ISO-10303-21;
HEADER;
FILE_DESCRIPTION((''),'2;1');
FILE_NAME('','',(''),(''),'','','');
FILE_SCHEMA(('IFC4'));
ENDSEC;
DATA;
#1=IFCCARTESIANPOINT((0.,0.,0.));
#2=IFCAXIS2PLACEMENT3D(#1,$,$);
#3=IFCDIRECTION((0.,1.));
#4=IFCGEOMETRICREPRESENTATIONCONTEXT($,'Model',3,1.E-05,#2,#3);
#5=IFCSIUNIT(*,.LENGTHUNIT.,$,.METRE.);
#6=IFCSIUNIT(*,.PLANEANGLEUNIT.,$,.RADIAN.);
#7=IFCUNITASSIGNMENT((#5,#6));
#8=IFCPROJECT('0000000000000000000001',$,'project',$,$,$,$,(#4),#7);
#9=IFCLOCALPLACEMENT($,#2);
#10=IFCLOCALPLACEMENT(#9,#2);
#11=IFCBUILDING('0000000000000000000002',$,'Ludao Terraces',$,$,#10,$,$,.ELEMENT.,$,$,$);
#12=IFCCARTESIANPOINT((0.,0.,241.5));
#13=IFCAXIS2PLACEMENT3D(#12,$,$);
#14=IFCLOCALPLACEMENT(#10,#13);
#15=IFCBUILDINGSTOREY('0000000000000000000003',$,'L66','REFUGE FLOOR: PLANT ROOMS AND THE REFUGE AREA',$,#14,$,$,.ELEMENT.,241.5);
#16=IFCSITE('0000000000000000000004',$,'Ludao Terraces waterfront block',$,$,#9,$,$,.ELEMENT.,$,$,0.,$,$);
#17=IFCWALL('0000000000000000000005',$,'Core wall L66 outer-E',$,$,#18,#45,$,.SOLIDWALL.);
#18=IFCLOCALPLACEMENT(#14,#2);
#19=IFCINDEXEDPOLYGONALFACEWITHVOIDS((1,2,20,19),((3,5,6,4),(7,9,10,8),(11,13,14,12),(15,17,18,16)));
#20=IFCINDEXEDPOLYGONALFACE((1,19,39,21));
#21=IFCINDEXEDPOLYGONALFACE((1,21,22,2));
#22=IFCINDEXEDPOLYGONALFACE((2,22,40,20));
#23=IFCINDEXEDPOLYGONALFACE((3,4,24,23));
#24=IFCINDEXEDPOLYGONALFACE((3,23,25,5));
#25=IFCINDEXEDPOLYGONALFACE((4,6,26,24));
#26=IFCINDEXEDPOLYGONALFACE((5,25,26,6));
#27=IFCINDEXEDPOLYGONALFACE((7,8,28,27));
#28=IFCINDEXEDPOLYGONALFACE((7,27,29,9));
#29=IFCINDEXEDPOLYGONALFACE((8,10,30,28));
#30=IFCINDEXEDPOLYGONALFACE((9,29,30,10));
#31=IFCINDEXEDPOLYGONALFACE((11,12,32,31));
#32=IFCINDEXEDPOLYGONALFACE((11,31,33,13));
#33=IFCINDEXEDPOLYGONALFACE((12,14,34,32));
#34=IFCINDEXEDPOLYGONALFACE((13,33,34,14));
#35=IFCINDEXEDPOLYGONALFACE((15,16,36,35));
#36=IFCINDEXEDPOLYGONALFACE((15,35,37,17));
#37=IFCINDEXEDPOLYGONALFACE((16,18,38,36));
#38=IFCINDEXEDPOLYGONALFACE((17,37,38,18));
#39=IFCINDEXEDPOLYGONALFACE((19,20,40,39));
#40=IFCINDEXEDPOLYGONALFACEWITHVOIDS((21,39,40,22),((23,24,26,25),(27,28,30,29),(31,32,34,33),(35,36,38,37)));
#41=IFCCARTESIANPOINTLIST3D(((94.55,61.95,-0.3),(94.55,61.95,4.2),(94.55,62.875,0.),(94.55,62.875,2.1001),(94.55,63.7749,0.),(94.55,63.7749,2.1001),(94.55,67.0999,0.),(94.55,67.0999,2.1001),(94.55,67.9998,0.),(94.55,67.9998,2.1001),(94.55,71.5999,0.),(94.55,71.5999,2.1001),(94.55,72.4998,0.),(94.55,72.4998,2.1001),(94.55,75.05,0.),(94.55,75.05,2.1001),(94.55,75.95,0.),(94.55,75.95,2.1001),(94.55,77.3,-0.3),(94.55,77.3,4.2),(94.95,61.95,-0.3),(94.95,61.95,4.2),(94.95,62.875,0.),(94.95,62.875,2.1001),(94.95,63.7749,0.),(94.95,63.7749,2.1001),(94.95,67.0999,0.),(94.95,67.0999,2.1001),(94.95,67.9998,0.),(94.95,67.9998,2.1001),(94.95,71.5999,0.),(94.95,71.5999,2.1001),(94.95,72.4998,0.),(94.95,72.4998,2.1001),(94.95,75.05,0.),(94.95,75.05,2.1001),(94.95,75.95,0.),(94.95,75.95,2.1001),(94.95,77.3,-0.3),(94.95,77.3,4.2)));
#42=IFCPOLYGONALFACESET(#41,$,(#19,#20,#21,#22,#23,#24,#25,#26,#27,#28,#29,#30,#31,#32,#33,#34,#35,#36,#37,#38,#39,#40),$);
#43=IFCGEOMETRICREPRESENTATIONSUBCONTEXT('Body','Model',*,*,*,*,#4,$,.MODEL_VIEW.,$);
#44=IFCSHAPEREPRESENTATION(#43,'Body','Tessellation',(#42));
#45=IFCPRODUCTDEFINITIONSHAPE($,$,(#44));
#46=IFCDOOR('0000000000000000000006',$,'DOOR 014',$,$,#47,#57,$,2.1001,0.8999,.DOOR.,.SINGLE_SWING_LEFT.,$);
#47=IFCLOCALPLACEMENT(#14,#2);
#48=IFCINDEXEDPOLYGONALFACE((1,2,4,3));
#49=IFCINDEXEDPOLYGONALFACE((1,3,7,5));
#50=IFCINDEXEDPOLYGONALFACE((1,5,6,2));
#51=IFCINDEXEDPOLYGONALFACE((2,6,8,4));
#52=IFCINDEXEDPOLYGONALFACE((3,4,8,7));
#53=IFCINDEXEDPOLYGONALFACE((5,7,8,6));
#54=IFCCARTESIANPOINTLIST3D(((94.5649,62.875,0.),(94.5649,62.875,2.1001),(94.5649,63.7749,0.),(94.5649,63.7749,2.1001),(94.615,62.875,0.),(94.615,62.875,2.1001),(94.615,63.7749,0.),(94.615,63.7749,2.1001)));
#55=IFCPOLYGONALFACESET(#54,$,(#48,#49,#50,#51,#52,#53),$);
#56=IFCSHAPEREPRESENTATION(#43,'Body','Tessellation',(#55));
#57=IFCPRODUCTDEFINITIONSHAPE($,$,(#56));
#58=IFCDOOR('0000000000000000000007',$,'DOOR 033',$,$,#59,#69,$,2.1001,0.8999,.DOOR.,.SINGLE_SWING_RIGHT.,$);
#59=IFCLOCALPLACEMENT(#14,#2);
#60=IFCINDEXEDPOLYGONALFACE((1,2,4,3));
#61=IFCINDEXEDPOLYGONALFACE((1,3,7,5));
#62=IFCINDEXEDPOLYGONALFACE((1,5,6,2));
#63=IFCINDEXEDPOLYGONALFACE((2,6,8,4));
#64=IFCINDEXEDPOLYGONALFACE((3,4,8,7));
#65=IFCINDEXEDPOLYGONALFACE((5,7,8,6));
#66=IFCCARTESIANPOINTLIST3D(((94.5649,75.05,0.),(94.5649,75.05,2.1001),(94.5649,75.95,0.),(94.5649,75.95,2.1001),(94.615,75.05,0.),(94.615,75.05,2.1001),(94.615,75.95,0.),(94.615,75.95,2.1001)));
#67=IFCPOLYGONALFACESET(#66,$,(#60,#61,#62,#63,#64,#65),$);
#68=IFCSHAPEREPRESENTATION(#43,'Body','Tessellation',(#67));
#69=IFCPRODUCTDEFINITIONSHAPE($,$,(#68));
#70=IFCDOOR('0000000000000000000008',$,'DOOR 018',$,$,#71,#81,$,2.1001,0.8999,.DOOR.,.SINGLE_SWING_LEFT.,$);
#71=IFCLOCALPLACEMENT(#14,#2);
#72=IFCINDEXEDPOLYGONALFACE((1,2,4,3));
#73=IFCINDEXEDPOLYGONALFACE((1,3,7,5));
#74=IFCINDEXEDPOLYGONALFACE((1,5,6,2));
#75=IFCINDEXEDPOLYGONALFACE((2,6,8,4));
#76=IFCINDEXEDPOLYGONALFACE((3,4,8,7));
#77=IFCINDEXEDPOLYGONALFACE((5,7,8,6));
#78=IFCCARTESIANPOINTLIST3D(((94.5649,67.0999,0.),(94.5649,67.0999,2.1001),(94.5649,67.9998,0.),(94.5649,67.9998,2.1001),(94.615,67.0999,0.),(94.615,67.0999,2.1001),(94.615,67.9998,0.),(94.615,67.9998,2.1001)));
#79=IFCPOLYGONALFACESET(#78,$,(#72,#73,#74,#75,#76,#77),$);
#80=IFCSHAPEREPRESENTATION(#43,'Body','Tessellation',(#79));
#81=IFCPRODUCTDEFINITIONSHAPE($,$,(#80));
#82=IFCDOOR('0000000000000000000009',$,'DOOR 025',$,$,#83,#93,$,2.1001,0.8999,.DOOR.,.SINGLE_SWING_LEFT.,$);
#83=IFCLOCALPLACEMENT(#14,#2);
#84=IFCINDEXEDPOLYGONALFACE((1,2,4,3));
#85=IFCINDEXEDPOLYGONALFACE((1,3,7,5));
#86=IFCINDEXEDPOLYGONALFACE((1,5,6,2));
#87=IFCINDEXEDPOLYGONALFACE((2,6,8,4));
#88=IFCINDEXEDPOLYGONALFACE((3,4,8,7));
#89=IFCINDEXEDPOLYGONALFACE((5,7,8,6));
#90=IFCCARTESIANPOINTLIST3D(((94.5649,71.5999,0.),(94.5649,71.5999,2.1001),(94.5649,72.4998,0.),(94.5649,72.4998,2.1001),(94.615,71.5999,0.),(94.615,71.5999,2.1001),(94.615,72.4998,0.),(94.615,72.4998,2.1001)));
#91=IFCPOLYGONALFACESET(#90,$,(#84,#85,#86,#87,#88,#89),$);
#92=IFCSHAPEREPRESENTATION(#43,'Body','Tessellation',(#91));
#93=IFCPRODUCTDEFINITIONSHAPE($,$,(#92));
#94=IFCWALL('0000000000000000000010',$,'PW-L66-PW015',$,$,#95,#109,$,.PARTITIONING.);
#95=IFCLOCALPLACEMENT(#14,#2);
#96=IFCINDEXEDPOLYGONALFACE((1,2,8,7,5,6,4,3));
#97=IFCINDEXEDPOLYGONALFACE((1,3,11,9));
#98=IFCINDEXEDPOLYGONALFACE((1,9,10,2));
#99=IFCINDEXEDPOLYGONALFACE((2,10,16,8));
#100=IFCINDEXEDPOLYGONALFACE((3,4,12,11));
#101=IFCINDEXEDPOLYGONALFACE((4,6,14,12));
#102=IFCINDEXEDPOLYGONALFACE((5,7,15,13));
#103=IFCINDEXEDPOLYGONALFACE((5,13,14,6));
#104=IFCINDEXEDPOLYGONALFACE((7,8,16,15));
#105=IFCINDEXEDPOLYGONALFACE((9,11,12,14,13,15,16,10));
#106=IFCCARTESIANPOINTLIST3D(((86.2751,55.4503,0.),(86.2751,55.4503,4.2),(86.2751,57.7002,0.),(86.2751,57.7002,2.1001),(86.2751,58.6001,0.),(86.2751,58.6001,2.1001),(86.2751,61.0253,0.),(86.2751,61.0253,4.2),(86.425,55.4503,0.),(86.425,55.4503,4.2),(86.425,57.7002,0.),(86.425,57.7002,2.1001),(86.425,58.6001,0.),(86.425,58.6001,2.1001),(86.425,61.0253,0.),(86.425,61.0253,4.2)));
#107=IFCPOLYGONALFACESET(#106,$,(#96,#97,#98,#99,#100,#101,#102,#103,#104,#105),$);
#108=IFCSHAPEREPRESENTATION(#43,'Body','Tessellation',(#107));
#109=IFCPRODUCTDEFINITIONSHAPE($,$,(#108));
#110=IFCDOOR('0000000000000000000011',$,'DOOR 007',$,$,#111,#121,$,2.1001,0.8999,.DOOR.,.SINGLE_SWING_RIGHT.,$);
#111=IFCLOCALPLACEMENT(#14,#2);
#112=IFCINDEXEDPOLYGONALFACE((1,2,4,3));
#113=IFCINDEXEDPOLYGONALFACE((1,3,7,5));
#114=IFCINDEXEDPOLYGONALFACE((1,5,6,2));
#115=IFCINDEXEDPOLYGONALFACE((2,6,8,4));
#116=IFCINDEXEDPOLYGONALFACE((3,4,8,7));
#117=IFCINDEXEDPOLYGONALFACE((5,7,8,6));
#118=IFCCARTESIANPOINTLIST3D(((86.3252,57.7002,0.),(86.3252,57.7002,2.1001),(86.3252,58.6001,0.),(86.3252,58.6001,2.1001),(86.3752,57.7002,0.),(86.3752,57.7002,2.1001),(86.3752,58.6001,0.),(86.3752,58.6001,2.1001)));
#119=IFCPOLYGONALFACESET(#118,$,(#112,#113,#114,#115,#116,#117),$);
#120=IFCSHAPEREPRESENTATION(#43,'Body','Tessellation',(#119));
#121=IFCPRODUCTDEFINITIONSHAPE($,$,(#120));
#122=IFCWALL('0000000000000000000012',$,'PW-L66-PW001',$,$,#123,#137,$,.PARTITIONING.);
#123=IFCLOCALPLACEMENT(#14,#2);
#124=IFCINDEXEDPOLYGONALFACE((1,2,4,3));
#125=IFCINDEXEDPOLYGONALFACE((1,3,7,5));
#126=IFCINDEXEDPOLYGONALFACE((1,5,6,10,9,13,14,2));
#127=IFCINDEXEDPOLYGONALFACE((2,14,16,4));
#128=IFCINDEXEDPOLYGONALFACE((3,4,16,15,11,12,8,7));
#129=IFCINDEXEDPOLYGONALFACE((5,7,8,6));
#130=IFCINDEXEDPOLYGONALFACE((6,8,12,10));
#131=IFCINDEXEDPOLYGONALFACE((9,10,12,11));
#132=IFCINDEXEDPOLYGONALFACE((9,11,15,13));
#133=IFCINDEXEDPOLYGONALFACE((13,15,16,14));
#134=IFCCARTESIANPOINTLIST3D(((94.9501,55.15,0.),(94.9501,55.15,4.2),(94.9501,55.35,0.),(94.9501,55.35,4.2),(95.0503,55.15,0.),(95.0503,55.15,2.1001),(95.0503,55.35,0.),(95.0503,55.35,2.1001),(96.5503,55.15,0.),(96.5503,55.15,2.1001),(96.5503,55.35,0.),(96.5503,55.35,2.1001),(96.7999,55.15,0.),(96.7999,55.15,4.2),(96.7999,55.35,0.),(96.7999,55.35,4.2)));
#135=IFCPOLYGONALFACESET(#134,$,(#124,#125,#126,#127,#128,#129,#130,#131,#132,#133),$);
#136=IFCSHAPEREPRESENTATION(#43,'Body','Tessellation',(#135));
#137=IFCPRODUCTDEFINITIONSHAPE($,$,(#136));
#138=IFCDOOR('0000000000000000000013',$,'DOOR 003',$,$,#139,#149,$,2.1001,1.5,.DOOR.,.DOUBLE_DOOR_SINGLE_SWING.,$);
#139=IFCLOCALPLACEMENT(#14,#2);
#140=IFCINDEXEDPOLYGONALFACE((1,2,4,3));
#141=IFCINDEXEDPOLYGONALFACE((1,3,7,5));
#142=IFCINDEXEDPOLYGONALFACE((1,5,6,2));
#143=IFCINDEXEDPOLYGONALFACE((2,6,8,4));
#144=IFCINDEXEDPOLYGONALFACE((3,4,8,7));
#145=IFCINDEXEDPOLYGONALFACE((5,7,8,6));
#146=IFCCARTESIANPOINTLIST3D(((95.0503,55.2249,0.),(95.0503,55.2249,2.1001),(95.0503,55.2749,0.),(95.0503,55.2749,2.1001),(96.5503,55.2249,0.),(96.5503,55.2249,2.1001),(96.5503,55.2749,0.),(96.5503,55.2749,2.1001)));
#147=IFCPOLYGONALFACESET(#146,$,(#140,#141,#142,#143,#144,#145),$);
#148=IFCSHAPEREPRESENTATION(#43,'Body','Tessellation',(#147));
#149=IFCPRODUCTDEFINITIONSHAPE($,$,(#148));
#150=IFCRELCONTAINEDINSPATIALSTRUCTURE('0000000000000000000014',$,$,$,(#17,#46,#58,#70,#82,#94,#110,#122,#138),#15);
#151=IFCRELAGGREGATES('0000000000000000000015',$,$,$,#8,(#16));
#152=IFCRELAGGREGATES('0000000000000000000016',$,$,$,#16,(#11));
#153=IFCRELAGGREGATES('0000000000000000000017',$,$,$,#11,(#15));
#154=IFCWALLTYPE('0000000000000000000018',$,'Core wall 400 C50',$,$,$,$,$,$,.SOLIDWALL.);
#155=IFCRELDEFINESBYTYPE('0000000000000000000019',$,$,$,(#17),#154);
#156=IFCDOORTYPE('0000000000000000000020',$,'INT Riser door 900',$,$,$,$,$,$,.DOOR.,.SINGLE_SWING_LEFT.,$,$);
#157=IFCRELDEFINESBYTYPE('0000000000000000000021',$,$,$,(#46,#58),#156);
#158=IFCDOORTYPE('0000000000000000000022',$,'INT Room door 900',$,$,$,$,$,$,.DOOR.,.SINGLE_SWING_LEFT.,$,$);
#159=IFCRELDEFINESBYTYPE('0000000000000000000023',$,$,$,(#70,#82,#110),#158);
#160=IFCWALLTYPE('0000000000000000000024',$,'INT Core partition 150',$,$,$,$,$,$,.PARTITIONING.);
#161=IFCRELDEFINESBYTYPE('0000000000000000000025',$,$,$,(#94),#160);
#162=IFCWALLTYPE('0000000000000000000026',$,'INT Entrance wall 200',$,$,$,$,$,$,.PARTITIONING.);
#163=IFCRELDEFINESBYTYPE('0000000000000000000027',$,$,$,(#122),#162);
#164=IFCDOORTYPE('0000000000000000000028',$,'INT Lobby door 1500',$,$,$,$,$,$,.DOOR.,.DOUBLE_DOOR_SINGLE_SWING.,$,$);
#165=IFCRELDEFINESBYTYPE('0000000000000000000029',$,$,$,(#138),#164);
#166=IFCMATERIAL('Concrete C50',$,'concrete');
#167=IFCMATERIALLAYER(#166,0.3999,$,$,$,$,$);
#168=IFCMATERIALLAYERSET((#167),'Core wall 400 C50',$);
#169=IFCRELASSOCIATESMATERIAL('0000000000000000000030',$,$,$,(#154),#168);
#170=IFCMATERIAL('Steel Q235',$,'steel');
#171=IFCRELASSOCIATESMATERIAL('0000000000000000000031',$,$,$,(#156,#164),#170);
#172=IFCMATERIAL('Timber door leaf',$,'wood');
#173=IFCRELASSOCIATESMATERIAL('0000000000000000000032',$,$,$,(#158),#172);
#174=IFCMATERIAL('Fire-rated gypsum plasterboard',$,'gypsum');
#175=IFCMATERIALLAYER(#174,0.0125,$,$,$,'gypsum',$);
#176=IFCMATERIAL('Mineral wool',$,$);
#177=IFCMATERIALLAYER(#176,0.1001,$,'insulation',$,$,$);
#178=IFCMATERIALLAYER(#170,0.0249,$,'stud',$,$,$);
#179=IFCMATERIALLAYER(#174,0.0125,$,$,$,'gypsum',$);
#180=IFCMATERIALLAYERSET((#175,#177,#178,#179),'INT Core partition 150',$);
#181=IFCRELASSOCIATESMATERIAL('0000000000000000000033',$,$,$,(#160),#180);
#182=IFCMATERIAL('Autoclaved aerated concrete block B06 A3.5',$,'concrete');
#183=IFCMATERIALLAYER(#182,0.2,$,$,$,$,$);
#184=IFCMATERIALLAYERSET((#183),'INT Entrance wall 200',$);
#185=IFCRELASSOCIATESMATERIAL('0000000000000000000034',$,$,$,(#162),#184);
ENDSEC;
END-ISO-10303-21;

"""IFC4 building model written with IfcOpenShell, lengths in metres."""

from ifc_helpers import new_model, si_unit, direction, frame, frame_2d, origin, place, context, subcontext, project, spatial, rectangle, extrude, material, layer, layer_set, type_object, element, fill, save


model = new_model("IFC4")

# Units and contexts
model_context = context("Model", 3, precision=1e-05, world=origin(), true_north=direction((0.0, 1.0)))
body_context = subcontext(model_context, "Body", "Model", "MODEL_VIEW")
ifc_project = project(units=[si_unit("LENGTHUNIT", "METRE"), si_unit("PLANEANGLEUNIT", "RADIAN")], contexts=[model_context])

# Site, building, storey
site_placement = place(None, origin())
site = spatial("IfcSite", under=ifc_project, at=site_placement, Name="Ludao Terraces waterfront block", CompositionType="ELEMENT", RefElevation=0.0)
building_placement = place(site_placement, origin())
building = spatial("IfcBuilding", under=site, at=building_placement, Name="Ludao Terraces", CompositionType="ELEMENT")
storey_placement = place(building_placement, frame((0.0, 0.0, 241.5)))
storey = spatial("IfcBuildingStorey", under=building, at=storey_placement, Name="L66", Description="REFUGE FLOOR: PLANT ROOMS AND THE REFUGE AREA", CompositionType="ELEMENT", Elevation=241.5)

# Wall, openings, doors
ifc_material_1 = material(Name="Concrete C50", Category="concrete")
ifc_layer_1 = layer(ifc_material_1, 0.3999)
ifc_layer_set_1 = layer_set([ifc_layer_1], Name="Core wall 400 C50")
wall_type_1 = type_object("IfcWallType", Name="Core wall 400 C50", PredefinedType="SOLIDWALL", material=ifc_layer_set_1)
wall_1_placement = place(storey_placement, frame((94.75, 61.95, -0.3), z_axis=(0.0, 0.0, 1.0), x_axis=(0.0, 1.0, 0.0)))
wall_1 = element("IfcWall", 1, at=wall_1_placement, inside=storey, type_object=wall_type_1, Name="Core wall L66 outer-E", PredefinedType="SOLIDWALL", context=body_context, shape_type="SweptSolid", body=[
    extrude(rectangle(XDim=15.3501, YDim=0.3999, at=frame_2d((7.675, 0.0))), origin(), (0.0, 0.0, 1.0), 4.5),
])
opening_1_placement = place(wall_1_placement, frame((0.925, 0.0, 0.3)))
opening_1 = element("IfcOpeningElement", 2, at=opening_1_placement, cuts=wall_1, PredefinedType="OPENING", context=body_context, shape_type="SweptSolid", body=[
    extrude(rectangle(XDim=0.8999, YDim=2.1001, at=frame_2d((0.45, 1.05))), frame((0.0, 0.21, 0.0), z_axis=(0.0, -1.0, 0.0), x_axis=(1.0, 0.0, 0.0)), (0.0, 0.0, 1.0), 0.4199),
])
opening_2_placement = place(wall_1_placement, frame((5.1499, 0.0, 0.3)))
opening_2 = element("IfcOpeningElement", 3, at=opening_2_placement, cuts=wall_1, PredefinedType="OPENING", context=body_context, shape_type="SweptSolid", body=[
    extrude(rectangle(XDim=0.8999, YDim=2.1001, at=frame_2d((0.45, 1.05))), frame((0.0, 0.21, 0.0), z_axis=(0.0, -1.0, 0.0), x_axis=(1.0, 0.0, 0.0)), (0.0, 0.0, 1.0), 0.4199),
])
opening_3_placement = place(wall_1_placement, frame((9.6499, 0.0, 0.3)))
opening_3 = element("IfcOpeningElement", 4, at=opening_3_placement, cuts=wall_1, PredefinedType="OPENING", context=body_context, shape_type="SweptSolid", body=[
    extrude(rectangle(XDim=0.8999, YDim=2.1001, at=frame_2d((0.45, 1.05))), frame((0.0, 0.21, 0.0), z_axis=(0.0, -1.0, 0.0), x_axis=(1.0, 0.0, 0.0)), (0.0, 0.0, 1.0), 0.4199),
])
opening_4_placement = place(wall_1_placement, frame((13.1001, 0.0, 0.3)))
opening_4 = element("IfcOpeningElement", 5, at=opening_4_placement, cuts=wall_1, PredefinedType="OPENING", context=body_context, shape_type="SweptSolid", body=[
    extrude(rectangle(XDim=0.8999, YDim=2.1001, at=frame_2d((0.45, 1.05))), frame((0.0, 0.21, 0.0), z_axis=(0.0, -1.0, 0.0), x_axis=(1.0, 0.0, 0.0)), (0.0, 0.0, 1.0), 0.4199),
])
ifc_material_2 = material(Name="Steel Q235", Category="steel")
door_type_1 = type_object("IfcDoorType", Name="INT Riser door 900", OperationType="SINGLE_SWING_LEFT", PredefinedType="DOOR", material=ifc_material_2)
door_1_placement = place(opening_1_placement, origin())
door_1 = element("IfcDoor", 6, at=door_1_placement, inside=storey, type_object=door_type_1, Name="DOOR 014", OperationType="SINGLE_SWING_LEFT", OverallHeight=2.1001, OverallWidth=0.8999, PredefinedType="DOOR", context=body_context, shape_type="SweptSolid", body=[
    extrude(rectangle(XDim=0.8999, YDim=2.1001, at=frame_2d((0.45, 1.05))), frame((0.0, 0.1851, 0.0), z_axis=(0.0, -1.0, 0.0), x_axis=(1.0, 0.0, 0.0)), (0.0, 0.0, 1.0), 0.05),
])
fill(opening_1, door_1)
door_2_placement = place(opening_4_placement, origin())
door_2 = element("IfcDoor", 7, at=door_2_placement, inside=storey, type_object=door_type_1, Name="DOOR 033", OperationType="SINGLE_SWING_RIGHT", OverallHeight=2.1001, OverallWidth=0.8999, PredefinedType="DOOR", context=body_context, shape_type="SweptSolid", body=[
    extrude(rectangle(XDim=0.8999, YDim=2.1001, at=frame_2d((0.45, 1.05))), frame((0.0, 0.1851, 0.0), z_axis=(0.0, -1.0, 0.0), x_axis=(1.0, 0.0, 0.0)), (0.0, 0.0, 1.0), 0.05),
])
fill(opening_4, door_2)
ifc_material_3 = material(Name="Timber door leaf", Category="wood")
door_type_2 = type_object("IfcDoorType", Name="INT Room door 900", OperationType="SINGLE_SWING_LEFT", PredefinedType="DOOR", material=ifc_material_3)
door_3_placement = place(opening_2_placement, origin())
door_3 = element("IfcDoor", 8, at=door_3_placement, inside=storey, type_object=door_type_2, Name="DOOR 018", OperationType="SINGLE_SWING_LEFT", OverallHeight=2.1001, OverallWidth=0.8999, PredefinedType="DOOR", context=body_context, shape_type="SweptSolid", body=[
    extrude(rectangle(XDim=0.8999, YDim=2.1001, at=frame_2d((0.45, 1.05))), frame((0.0, 0.1851, 0.0), z_axis=(0.0, -1.0, 0.0), x_axis=(1.0, 0.0, 0.0)), (0.0, 0.0, 1.0), 0.05),
])
fill(opening_2, door_3)
door_4_placement = place(opening_3_placement, origin())
door_4 = element("IfcDoor", 9, at=door_4_placement, inside=storey, type_object=door_type_2, Name="DOOR 025", OperationType="SINGLE_SWING_LEFT", OverallHeight=2.1001, OverallWidth=0.8999, PredefinedType="DOOR", context=body_context, shape_type="SweptSolid", body=[
    extrude(rectangle(XDim=0.8999, YDim=2.1001, at=frame_2d((0.45, 1.05))), frame((0.0, 0.1851, 0.0), z_axis=(0.0, -1.0, 0.0), x_axis=(1.0, 0.0, 0.0)), (0.0, 0.0, 1.0), 0.05),
])
fill(opening_3, door_4)

# Walls, openings, doors
ifc_material_4 = material(Name="Fire-rated gypsum plasterboard", Category="gypsum")
ifc_layer_2 = layer(ifc_material_4, 0.0125, Category="gypsum")
ifc_material_5 = material(Name="Mineral wool")
ifc_layer_3 = layer(ifc_material_5, 0.1001, Name="insulation")
ifc_layer_4 = layer(ifc_material_2, 0.0249, Name="stud")
ifc_layer_5 = layer(ifc_material_4, 0.0125, Category="gypsum")
ifc_layer_set_2 = layer_set([ifc_layer_2, ifc_layer_3, ifc_layer_4, ifc_layer_5], Name="INT Core partition 150")
wall_type_2 = type_object("IfcWallType", Name="INT Core partition 150", PredefinedType="PARTITIONING", material=ifc_layer_set_2)
wall_2_placement = place(storey_placement, frame((86.3501, 55.4502, 0.0), z_axis=(0.0, 0.0, 1.0), x_axis=(0.0, 1.0, 0.0)))
wall_2 = element("IfcWall", 10, at=wall_2_placement, inside=storey, type_object=wall_type_2, Name="PW-L66-PW015", PredefinedType="PARTITIONING", context=body_context, shape_type="SweptSolid", body=[
    extrude(rectangle(XDim=5.575, YDim=0.1499, at=frame_2d((2.7876, 0.0))), origin(), (0.0, 0.0, 1.0), 4.2),
])
opening_5_placement = place(wall_2_placement, frame((2.25, 0.0, 0.0)))
opening_5 = element("IfcOpeningElement", 11, at=opening_5_placement, cuts=wall_2, PredefinedType="OPENING", context=body_context, shape_type="SweptSolid", body=[
    extrude(rectangle(XDim=0.8999, YDim=2.1001, at=frame_2d((0.45, 1.05))), frame((0.0, 0.085, 0.0), z_axis=(0.0, -1.0, 0.0), x_axis=(1.0, 0.0, 0.0)), (0.0, 0.0, 1.0), 0.1699),
])
door_5_placement = place(opening_5_placement, origin())
door_5 = element("IfcDoor", 12, at=door_5_placement, inside=storey, type_object=door_type_2, Name="DOOR 007", OperationType="SINGLE_SWING_RIGHT", OverallHeight=2.1001, OverallWidth=0.8999, PredefinedType="DOOR", context=body_context, shape_type="SweptSolid", body=[
    extrude(rectangle(XDim=0.8999, YDim=2.1001, at=frame_2d((0.45, 1.05))), frame((0.0, 0.0249, 0.0), z_axis=(0.0, -1.0, 0.0), x_axis=(1.0, 0.0, 0.0)), (0.0, 0.0, 1.0), 0.05),
])
fill(opening_5, door_5)
ifc_material_6 = material(Name="Autoclaved aerated concrete block B06 A3.5", Category="concrete")
ifc_layer_6 = layer(ifc_material_6, 0.2)
ifc_layer_set_3 = layer_set([ifc_layer_6], Name="INT Entrance wall 200")
wall_type_3 = type_object("IfcWallType", Name="INT Entrance wall 200", PredefinedType="PARTITIONING", material=ifc_layer_set_3)
wall_3_placement = place(storey_placement, frame((94.9502, 55.25, 0.0), z_axis=(0.0, 0.0, 1.0), x_axis=(1.0, 0.0, 0.0)))
wall_3 = element("IfcWall", 13, at=wall_3_placement, inside=storey, type_object=wall_type_3, Name="PW-L66-PW001", PredefinedType="PARTITIONING", context=body_context, shape_type="SweptSolid", body=[
    extrude(rectangle(XDim=1.8499, YDim=0.2, at=frame_2d((0.9248, 0.0))), origin(), (0.0, 0.0, 1.0), 4.2),
])
opening_6_placement = place(wall_3_placement, frame((0.1001, 0.0, 0.0)))
opening_6 = element("IfcOpeningElement", 14, at=opening_6_placement, cuts=wall_3, PredefinedType="OPENING", context=body_context, shape_type="SweptSolid", body=[
    extrude(rectangle(XDim=1.5, YDim=2.1001, at=frame_2d((0.75, 1.05))), frame((0.0, 0.1099, 0.0), z_axis=(0.0, -1.0, 0.0), x_axis=(1.0, 0.0, 0.0)), (0.0, 0.0, 1.0), 0.22),
])
door_type_3 = type_object("IfcDoorType", Name="INT Lobby door 1500", OperationType="DOUBLE_DOOR_SINGLE_SWING", PredefinedType="DOOR", material=ifc_material_2)
door_6_placement = place(opening_6_placement, origin())
door_6 = element("IfcDoor", 15, at=door_6_placement, inside=storey, type_object=door_type_3, Name="DOOR 003", OperationType="DOUBLE_DOOR_SINGLE_SWING", OverallHeight=2.1001, OverallWidth=1.5, PredefinedType="DOOR", context=body_context, shape_type="SweptSolid", body=[
    extrude(rectangle(XDim=1.5, YDim=2.1001, at=frame_2d((0.75, 1.05))), frame((0.0, 0.0249, 0.0), z_axis=(0.0, -1.0, 0.0), x_axis=(1.0, 0.0, 0.0)), (0.0, 0.0, 1.0), 0.05),
])
fill(opening_6, door_6)

save(model, "model.ifc")
